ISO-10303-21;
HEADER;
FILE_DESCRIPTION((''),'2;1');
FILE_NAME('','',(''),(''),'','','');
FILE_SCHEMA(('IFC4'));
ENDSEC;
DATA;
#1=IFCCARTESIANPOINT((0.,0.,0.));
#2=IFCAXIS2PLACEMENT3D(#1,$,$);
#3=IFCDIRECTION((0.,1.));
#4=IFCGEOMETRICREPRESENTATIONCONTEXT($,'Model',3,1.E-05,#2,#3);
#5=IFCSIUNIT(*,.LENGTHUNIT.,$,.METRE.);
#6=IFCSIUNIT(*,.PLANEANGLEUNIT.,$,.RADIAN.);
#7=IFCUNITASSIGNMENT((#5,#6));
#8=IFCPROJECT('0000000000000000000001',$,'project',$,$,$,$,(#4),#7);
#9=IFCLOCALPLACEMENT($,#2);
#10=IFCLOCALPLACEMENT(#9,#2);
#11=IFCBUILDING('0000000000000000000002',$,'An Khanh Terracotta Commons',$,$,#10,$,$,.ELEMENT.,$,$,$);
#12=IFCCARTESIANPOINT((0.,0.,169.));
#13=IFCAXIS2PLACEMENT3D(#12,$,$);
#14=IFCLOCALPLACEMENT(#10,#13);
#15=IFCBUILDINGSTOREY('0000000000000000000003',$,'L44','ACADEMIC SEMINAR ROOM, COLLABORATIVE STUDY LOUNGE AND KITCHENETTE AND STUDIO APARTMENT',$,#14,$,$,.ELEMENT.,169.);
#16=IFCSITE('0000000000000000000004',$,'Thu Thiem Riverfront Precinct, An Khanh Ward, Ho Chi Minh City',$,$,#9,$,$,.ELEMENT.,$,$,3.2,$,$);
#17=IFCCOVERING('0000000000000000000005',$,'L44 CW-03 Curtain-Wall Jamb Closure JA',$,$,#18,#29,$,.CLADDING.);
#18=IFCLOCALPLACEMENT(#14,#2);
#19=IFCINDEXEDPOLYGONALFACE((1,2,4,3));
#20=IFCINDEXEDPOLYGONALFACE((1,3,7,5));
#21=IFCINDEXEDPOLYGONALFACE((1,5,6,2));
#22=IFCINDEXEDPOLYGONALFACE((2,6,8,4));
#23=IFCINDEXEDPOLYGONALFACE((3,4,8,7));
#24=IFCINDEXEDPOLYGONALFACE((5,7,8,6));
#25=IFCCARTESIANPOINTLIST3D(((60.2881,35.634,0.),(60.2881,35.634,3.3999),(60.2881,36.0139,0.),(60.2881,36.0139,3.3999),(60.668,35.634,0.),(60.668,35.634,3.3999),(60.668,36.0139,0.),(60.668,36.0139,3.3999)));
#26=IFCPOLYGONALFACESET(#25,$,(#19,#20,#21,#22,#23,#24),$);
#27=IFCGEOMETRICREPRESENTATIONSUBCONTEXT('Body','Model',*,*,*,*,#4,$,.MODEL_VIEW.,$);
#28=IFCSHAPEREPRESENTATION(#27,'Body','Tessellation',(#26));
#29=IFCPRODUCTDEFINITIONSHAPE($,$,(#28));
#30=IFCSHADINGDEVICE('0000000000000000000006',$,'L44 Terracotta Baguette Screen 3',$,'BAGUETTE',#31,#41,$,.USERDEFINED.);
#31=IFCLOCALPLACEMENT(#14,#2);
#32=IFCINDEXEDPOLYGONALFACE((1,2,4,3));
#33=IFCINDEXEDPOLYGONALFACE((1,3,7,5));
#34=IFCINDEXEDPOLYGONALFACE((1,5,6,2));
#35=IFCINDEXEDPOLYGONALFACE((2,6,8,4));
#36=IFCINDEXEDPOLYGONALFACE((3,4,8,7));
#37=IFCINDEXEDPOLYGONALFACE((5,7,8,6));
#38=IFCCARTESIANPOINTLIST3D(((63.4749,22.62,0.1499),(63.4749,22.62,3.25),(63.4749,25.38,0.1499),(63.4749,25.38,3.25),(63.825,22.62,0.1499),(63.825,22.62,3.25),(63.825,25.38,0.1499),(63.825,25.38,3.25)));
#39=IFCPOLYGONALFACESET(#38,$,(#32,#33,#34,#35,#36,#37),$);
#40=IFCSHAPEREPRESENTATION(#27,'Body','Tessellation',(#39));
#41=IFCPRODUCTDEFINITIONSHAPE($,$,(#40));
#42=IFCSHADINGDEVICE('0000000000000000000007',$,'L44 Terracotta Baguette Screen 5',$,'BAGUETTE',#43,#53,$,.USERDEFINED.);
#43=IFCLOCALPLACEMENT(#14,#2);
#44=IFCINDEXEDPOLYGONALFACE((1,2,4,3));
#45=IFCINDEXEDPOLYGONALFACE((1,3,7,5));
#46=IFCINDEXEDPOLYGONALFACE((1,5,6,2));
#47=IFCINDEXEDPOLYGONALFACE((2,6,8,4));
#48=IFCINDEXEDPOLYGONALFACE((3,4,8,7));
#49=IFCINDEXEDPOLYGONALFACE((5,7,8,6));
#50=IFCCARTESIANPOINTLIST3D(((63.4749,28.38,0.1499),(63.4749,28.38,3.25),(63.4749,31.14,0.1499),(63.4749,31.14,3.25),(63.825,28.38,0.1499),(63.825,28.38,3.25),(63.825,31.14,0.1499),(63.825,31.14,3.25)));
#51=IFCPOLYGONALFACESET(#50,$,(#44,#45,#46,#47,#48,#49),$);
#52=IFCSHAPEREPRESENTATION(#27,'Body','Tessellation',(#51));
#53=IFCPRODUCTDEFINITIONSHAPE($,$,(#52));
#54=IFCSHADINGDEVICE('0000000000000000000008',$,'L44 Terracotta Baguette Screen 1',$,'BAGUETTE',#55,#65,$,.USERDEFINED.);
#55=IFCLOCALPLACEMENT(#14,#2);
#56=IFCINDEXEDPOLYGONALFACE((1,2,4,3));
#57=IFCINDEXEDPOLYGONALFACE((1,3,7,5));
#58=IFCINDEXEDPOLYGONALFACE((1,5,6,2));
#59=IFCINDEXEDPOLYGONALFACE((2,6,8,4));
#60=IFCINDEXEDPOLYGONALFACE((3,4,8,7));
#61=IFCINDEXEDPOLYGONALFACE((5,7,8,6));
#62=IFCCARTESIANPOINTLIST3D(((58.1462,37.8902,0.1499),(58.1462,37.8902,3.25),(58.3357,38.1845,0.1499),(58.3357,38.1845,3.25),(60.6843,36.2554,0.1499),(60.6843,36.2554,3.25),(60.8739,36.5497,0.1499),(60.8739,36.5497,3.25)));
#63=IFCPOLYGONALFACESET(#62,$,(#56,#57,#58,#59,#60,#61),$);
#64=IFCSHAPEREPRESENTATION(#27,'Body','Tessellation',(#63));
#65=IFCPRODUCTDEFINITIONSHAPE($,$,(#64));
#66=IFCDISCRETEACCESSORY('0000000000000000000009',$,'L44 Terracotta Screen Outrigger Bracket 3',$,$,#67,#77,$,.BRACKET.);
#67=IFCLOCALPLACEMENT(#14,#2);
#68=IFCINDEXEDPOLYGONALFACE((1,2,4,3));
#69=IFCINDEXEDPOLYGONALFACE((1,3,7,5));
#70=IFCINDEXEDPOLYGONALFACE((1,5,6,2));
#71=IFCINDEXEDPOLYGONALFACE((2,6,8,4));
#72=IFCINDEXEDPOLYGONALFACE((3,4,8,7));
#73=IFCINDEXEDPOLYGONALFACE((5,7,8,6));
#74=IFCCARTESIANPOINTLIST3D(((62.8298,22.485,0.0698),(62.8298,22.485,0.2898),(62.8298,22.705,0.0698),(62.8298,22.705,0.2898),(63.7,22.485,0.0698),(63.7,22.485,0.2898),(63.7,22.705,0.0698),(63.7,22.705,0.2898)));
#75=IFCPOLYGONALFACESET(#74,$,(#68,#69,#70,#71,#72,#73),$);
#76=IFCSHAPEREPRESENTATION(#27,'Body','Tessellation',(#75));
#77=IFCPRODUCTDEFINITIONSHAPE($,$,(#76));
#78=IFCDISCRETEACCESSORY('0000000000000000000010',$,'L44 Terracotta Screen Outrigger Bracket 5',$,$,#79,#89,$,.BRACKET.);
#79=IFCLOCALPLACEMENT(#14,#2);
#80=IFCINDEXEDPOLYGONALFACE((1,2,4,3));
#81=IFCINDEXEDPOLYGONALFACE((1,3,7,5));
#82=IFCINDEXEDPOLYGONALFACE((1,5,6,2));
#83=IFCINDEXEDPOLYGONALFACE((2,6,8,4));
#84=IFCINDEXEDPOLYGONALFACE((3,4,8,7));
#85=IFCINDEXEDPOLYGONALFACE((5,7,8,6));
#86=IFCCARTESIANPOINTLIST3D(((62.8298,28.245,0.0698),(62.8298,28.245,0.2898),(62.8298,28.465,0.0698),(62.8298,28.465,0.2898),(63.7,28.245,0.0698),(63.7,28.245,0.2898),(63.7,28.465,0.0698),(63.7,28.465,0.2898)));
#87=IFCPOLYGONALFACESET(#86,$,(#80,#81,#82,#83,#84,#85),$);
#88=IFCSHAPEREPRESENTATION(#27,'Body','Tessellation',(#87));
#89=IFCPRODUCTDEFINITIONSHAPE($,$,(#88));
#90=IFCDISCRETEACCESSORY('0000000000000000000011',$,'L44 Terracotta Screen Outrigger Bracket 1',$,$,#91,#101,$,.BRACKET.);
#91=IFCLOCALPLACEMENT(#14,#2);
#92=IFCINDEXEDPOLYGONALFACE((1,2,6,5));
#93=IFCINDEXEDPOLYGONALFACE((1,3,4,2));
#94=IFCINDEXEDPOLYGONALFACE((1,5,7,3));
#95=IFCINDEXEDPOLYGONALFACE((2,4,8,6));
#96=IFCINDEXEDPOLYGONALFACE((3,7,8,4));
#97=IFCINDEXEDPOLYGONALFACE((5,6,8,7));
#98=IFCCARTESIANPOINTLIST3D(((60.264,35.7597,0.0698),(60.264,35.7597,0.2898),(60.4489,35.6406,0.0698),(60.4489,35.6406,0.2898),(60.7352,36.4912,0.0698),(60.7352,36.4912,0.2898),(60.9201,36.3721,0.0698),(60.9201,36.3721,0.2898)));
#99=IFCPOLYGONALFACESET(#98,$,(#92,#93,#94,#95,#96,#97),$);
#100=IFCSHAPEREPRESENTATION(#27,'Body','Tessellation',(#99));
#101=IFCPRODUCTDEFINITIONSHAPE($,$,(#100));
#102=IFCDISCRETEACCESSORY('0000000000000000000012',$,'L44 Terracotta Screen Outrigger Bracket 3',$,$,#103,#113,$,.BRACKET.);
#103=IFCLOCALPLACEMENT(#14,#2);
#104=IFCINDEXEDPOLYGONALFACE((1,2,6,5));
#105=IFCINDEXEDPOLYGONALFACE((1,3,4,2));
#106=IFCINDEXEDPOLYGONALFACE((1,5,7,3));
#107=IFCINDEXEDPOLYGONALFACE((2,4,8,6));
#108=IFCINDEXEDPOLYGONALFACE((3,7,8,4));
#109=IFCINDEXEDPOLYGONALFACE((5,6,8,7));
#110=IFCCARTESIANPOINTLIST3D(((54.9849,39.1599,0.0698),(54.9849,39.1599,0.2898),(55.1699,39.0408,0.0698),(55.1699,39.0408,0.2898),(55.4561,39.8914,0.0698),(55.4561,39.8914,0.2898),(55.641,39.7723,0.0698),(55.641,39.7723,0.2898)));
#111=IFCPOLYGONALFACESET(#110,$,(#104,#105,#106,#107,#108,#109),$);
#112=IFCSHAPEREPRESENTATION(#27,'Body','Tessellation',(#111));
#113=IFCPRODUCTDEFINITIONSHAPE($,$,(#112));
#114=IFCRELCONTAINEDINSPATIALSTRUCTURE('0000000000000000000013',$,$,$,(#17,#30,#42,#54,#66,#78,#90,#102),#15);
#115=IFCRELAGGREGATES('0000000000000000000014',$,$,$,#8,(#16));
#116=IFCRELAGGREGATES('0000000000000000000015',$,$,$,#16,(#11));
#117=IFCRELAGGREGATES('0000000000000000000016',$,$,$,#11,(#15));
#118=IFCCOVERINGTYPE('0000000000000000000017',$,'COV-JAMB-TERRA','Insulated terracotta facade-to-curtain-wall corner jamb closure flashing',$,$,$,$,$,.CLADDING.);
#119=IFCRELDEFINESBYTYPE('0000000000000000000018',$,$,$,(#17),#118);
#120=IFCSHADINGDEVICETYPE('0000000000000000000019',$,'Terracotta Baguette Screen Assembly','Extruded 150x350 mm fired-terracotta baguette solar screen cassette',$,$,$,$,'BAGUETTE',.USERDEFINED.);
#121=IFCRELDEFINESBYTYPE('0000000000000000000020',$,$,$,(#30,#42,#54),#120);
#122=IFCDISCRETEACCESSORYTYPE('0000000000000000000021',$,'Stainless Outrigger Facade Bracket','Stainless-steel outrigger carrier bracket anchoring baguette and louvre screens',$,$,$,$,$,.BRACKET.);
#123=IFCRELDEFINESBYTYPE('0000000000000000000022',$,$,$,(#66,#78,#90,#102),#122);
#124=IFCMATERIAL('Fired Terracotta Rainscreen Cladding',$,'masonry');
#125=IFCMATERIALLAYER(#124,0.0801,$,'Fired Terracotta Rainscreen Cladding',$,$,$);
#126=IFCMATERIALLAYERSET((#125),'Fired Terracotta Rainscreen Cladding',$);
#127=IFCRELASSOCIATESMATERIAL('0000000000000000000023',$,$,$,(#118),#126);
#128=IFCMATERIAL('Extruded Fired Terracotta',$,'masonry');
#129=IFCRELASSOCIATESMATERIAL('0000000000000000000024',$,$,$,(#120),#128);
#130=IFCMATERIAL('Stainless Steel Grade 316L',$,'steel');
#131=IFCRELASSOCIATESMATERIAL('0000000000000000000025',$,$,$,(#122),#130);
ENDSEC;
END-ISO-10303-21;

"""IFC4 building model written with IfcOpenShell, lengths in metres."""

from ifc_helpers import new_model, si_unit, direction, frame, origin, origin_2d, place, context, subcontext, project, spatial, rectangle, extrude, material, layer, layer_set, type_object, element, save


model = new_model("IFC4")

# Units and contexts
model_context = context("Model", 3, precision=1e-05, world=origin(), true_north=direction((0.0, 1.0)))
body_context = subcontext(model_context, "Body", "Model", "MODEL_VIEW")
ifc_project = project(units=[si_unit("LENGTHUNIT", "METRE"), si_unit("PLANEANGLEUNIT", "RADIAN")], contexts=[model_context])

# Site, building, storey
site_placement = place(None, origin())
site = spatial("IfcSite", under=ifc_project, at=site_placement, Name="Thu Thiem Riverfront Precinct, An Khanh Ward, Ho Chi Minh City", CompositionType="ELEMENT", RefElevation=3.2)
building_placement = place(site_placement, origin())
building = spatial("IfcBuilding", under=site, at=building_placement, Name="An Khanh Terracotta Commons", CompositionType="ELEMENT")
storey_placement = place(building_placement, frame((0.0, 0.0, 169.0)))
storey = spatial("IfcBuildingStorey", under=building, at=storey_placement, Name="L44", Description="ACADEMIC SEMINAR ROOM, COLLABORATIVE STUDY LOUNGE AND KITCHENETTE AND STUDIO APARTMENT", CompositionType="ELEMENT", Elevation=169.0)

# Covering
ifc_material_1 = material(Name="Fired Terracotta Rainscreen Cladding", Category="masonry")
ifc_layer_1 = layer(ifc_material_1, 0.0801, Name="Fired Terracotta Rainscreen Cladding")
ifc_layer_set_1 = layer_set([ifc_layer_1], Name="Fired Terracotta Rainscreen Cladding")
covering_type = type_object("IfcCoveringType", Name="COV-JAMB-TERRA", Description="Insulated terracotta facade-to-curtain-wall corner jamb closure flashing", PredefinedType="CLADDING", material=ifc_layer_set_1)
for number, where, z_axis, x_axis, name in (
    (1, (60.478, 35.824, 0.0), (0.0, 0.0, 1.0), (1.0, 0.0, 0.0), "L44 CW-03 Curtain-Wall Jamb Closure JA"),
):
    element("IfcCovering", number, at=place(storey_placement, frame(where, z_axis=z_axis, x_axis=x_axis)), inside=storey, type_object=covering_type, Name=name, PredefinedType="CLADDING", context=body_context, shape_type="SweptSolid", body=[
        extrude(rectangle(XDim=0.3799, YDim=0.3799, at=origin_2d()), origin(), (0.0, 0.0, 1.0), 3.3999),
    ])

# Shading devices
ifc_material_2 = material(Name="Extruded Fired Terracotta", Category="masonry")
shading_device_type = type_object("IfcShadingDeviceType", Name="Terracotta Baguette Screen Assembly", Description="Extruded 150x350 mm fired-terracotta baguette solar screen cassette", ElementType="BAGUETTE", PredefinedType="USERDEFINED", material=ifc_material_2)
for number, where, z_axis, x_axis, name in (
    (2, (63.6499, 24.0, 0.1499), (0.0, 0.0, 1.0), (0.0, 1.0, 0.0), "L44 Terracotta Baguette Screen 3"),
    (3, (63.6499, 29.76, 0.1499), (0.0, 0.0, 1.0), (0.0, 1.0, 0.0), "L44 Terracotta Baguette Screen 5"),
):
    element("IfcShadingDevice", number, at=place(storey_placement, frame(where, z_axis=z_axis, x_axis=x_axis)), inside=storey, type_object=shading_device_type, Name=name, ObjectType="BAGUETTE", PredefinedType="USERDEFINED", context=body_context, shape_type="SweptSolid", body=[
        extrude(rectangle(XDim=2.76, YDim=0.3501, at=origin_2d()), origin(), (0.0, 0.0, 1.0), 3.1001),
    ])
shading_device_placement = place(storey_placement, frame((59.51, 37.22, 0.1499), z_axis=(0.0, 0.0, 1.0), x_axis=(-0.840702, 0.541498, 0.0)))
element("IfcShadingDevice", 4, at=shading_device_placement, inside=storey, type_object=shading_device_type, Name="L44 Terracotta Baguette Screen 1", ObjectType="BAGUETTE", PredefinedType="USERDEFINED", context=body_context, shape_type="SweptSolid", body=[
    extrude(rectangle(XDim=3.019, YDim=0.3501, at=origin_2d()), origin(), (0.0, 0.0, 1.0), 3.1001),
])

# Discrete accessories
ifc_material_3 = material(Name="Stainless Steel Grade 316L", Category="steel")
discrete_accessory_type = type_object("IfcDiscreteAccessoryType", Name="Stainless Outrigger Facade Bracket", Description="Stainless-steel outrigger carrier bracket anchoring baguette and louvre screens", PredefinedType="BRACKET", material=ifc_material_3)
for number, where, z_axis, x_axis, name in (
    (5, (63.2649, 22.595, 0.0698), (0.0, 0.0, 1.0), (0.0, 1.0, 0.0), "L44 Terracotta Screen Outrigger Bracket 3"),
    (6, (63.2649, 28.355, 0.0698), (0.0, 0.0, 1.0), (0.0, 1.0, 0.0), "L44 Terracotta Screen Outrigger Bracket 5"),
    (7, (60.592, 36.0659, 0.0698), (0.0, 0.0, 1.0), (-0.840702, 0.541498, 0.0), "L44 Terracotta Screen Outrigger Bracket 1"),
    (8, (55.313, 39.4661, 0.0698), (0.0, 0.0, 1.0), (-0.840702, 0.541498, 0.0), "L44 Terracotta Screen Outrigger Bracket 3"),
):
    element("IfcDiscreteAccessory", number, at=place(storey_placement, frame(where, z_axis=z_axis, x_axis=x_axis)), inside=storey, type_object=discrete_accessory_type, Name=name, PredefinedType="BRACKET", context=body_context, shape_type="SweptSolid", body=[
        extrude(rectangle(XDim=0.22, YDim=0.8701, at=origin_2d()), origin(), (0.0, 0.0, 1.0), 0.22),
    ])

save(model, "model.ifc")
